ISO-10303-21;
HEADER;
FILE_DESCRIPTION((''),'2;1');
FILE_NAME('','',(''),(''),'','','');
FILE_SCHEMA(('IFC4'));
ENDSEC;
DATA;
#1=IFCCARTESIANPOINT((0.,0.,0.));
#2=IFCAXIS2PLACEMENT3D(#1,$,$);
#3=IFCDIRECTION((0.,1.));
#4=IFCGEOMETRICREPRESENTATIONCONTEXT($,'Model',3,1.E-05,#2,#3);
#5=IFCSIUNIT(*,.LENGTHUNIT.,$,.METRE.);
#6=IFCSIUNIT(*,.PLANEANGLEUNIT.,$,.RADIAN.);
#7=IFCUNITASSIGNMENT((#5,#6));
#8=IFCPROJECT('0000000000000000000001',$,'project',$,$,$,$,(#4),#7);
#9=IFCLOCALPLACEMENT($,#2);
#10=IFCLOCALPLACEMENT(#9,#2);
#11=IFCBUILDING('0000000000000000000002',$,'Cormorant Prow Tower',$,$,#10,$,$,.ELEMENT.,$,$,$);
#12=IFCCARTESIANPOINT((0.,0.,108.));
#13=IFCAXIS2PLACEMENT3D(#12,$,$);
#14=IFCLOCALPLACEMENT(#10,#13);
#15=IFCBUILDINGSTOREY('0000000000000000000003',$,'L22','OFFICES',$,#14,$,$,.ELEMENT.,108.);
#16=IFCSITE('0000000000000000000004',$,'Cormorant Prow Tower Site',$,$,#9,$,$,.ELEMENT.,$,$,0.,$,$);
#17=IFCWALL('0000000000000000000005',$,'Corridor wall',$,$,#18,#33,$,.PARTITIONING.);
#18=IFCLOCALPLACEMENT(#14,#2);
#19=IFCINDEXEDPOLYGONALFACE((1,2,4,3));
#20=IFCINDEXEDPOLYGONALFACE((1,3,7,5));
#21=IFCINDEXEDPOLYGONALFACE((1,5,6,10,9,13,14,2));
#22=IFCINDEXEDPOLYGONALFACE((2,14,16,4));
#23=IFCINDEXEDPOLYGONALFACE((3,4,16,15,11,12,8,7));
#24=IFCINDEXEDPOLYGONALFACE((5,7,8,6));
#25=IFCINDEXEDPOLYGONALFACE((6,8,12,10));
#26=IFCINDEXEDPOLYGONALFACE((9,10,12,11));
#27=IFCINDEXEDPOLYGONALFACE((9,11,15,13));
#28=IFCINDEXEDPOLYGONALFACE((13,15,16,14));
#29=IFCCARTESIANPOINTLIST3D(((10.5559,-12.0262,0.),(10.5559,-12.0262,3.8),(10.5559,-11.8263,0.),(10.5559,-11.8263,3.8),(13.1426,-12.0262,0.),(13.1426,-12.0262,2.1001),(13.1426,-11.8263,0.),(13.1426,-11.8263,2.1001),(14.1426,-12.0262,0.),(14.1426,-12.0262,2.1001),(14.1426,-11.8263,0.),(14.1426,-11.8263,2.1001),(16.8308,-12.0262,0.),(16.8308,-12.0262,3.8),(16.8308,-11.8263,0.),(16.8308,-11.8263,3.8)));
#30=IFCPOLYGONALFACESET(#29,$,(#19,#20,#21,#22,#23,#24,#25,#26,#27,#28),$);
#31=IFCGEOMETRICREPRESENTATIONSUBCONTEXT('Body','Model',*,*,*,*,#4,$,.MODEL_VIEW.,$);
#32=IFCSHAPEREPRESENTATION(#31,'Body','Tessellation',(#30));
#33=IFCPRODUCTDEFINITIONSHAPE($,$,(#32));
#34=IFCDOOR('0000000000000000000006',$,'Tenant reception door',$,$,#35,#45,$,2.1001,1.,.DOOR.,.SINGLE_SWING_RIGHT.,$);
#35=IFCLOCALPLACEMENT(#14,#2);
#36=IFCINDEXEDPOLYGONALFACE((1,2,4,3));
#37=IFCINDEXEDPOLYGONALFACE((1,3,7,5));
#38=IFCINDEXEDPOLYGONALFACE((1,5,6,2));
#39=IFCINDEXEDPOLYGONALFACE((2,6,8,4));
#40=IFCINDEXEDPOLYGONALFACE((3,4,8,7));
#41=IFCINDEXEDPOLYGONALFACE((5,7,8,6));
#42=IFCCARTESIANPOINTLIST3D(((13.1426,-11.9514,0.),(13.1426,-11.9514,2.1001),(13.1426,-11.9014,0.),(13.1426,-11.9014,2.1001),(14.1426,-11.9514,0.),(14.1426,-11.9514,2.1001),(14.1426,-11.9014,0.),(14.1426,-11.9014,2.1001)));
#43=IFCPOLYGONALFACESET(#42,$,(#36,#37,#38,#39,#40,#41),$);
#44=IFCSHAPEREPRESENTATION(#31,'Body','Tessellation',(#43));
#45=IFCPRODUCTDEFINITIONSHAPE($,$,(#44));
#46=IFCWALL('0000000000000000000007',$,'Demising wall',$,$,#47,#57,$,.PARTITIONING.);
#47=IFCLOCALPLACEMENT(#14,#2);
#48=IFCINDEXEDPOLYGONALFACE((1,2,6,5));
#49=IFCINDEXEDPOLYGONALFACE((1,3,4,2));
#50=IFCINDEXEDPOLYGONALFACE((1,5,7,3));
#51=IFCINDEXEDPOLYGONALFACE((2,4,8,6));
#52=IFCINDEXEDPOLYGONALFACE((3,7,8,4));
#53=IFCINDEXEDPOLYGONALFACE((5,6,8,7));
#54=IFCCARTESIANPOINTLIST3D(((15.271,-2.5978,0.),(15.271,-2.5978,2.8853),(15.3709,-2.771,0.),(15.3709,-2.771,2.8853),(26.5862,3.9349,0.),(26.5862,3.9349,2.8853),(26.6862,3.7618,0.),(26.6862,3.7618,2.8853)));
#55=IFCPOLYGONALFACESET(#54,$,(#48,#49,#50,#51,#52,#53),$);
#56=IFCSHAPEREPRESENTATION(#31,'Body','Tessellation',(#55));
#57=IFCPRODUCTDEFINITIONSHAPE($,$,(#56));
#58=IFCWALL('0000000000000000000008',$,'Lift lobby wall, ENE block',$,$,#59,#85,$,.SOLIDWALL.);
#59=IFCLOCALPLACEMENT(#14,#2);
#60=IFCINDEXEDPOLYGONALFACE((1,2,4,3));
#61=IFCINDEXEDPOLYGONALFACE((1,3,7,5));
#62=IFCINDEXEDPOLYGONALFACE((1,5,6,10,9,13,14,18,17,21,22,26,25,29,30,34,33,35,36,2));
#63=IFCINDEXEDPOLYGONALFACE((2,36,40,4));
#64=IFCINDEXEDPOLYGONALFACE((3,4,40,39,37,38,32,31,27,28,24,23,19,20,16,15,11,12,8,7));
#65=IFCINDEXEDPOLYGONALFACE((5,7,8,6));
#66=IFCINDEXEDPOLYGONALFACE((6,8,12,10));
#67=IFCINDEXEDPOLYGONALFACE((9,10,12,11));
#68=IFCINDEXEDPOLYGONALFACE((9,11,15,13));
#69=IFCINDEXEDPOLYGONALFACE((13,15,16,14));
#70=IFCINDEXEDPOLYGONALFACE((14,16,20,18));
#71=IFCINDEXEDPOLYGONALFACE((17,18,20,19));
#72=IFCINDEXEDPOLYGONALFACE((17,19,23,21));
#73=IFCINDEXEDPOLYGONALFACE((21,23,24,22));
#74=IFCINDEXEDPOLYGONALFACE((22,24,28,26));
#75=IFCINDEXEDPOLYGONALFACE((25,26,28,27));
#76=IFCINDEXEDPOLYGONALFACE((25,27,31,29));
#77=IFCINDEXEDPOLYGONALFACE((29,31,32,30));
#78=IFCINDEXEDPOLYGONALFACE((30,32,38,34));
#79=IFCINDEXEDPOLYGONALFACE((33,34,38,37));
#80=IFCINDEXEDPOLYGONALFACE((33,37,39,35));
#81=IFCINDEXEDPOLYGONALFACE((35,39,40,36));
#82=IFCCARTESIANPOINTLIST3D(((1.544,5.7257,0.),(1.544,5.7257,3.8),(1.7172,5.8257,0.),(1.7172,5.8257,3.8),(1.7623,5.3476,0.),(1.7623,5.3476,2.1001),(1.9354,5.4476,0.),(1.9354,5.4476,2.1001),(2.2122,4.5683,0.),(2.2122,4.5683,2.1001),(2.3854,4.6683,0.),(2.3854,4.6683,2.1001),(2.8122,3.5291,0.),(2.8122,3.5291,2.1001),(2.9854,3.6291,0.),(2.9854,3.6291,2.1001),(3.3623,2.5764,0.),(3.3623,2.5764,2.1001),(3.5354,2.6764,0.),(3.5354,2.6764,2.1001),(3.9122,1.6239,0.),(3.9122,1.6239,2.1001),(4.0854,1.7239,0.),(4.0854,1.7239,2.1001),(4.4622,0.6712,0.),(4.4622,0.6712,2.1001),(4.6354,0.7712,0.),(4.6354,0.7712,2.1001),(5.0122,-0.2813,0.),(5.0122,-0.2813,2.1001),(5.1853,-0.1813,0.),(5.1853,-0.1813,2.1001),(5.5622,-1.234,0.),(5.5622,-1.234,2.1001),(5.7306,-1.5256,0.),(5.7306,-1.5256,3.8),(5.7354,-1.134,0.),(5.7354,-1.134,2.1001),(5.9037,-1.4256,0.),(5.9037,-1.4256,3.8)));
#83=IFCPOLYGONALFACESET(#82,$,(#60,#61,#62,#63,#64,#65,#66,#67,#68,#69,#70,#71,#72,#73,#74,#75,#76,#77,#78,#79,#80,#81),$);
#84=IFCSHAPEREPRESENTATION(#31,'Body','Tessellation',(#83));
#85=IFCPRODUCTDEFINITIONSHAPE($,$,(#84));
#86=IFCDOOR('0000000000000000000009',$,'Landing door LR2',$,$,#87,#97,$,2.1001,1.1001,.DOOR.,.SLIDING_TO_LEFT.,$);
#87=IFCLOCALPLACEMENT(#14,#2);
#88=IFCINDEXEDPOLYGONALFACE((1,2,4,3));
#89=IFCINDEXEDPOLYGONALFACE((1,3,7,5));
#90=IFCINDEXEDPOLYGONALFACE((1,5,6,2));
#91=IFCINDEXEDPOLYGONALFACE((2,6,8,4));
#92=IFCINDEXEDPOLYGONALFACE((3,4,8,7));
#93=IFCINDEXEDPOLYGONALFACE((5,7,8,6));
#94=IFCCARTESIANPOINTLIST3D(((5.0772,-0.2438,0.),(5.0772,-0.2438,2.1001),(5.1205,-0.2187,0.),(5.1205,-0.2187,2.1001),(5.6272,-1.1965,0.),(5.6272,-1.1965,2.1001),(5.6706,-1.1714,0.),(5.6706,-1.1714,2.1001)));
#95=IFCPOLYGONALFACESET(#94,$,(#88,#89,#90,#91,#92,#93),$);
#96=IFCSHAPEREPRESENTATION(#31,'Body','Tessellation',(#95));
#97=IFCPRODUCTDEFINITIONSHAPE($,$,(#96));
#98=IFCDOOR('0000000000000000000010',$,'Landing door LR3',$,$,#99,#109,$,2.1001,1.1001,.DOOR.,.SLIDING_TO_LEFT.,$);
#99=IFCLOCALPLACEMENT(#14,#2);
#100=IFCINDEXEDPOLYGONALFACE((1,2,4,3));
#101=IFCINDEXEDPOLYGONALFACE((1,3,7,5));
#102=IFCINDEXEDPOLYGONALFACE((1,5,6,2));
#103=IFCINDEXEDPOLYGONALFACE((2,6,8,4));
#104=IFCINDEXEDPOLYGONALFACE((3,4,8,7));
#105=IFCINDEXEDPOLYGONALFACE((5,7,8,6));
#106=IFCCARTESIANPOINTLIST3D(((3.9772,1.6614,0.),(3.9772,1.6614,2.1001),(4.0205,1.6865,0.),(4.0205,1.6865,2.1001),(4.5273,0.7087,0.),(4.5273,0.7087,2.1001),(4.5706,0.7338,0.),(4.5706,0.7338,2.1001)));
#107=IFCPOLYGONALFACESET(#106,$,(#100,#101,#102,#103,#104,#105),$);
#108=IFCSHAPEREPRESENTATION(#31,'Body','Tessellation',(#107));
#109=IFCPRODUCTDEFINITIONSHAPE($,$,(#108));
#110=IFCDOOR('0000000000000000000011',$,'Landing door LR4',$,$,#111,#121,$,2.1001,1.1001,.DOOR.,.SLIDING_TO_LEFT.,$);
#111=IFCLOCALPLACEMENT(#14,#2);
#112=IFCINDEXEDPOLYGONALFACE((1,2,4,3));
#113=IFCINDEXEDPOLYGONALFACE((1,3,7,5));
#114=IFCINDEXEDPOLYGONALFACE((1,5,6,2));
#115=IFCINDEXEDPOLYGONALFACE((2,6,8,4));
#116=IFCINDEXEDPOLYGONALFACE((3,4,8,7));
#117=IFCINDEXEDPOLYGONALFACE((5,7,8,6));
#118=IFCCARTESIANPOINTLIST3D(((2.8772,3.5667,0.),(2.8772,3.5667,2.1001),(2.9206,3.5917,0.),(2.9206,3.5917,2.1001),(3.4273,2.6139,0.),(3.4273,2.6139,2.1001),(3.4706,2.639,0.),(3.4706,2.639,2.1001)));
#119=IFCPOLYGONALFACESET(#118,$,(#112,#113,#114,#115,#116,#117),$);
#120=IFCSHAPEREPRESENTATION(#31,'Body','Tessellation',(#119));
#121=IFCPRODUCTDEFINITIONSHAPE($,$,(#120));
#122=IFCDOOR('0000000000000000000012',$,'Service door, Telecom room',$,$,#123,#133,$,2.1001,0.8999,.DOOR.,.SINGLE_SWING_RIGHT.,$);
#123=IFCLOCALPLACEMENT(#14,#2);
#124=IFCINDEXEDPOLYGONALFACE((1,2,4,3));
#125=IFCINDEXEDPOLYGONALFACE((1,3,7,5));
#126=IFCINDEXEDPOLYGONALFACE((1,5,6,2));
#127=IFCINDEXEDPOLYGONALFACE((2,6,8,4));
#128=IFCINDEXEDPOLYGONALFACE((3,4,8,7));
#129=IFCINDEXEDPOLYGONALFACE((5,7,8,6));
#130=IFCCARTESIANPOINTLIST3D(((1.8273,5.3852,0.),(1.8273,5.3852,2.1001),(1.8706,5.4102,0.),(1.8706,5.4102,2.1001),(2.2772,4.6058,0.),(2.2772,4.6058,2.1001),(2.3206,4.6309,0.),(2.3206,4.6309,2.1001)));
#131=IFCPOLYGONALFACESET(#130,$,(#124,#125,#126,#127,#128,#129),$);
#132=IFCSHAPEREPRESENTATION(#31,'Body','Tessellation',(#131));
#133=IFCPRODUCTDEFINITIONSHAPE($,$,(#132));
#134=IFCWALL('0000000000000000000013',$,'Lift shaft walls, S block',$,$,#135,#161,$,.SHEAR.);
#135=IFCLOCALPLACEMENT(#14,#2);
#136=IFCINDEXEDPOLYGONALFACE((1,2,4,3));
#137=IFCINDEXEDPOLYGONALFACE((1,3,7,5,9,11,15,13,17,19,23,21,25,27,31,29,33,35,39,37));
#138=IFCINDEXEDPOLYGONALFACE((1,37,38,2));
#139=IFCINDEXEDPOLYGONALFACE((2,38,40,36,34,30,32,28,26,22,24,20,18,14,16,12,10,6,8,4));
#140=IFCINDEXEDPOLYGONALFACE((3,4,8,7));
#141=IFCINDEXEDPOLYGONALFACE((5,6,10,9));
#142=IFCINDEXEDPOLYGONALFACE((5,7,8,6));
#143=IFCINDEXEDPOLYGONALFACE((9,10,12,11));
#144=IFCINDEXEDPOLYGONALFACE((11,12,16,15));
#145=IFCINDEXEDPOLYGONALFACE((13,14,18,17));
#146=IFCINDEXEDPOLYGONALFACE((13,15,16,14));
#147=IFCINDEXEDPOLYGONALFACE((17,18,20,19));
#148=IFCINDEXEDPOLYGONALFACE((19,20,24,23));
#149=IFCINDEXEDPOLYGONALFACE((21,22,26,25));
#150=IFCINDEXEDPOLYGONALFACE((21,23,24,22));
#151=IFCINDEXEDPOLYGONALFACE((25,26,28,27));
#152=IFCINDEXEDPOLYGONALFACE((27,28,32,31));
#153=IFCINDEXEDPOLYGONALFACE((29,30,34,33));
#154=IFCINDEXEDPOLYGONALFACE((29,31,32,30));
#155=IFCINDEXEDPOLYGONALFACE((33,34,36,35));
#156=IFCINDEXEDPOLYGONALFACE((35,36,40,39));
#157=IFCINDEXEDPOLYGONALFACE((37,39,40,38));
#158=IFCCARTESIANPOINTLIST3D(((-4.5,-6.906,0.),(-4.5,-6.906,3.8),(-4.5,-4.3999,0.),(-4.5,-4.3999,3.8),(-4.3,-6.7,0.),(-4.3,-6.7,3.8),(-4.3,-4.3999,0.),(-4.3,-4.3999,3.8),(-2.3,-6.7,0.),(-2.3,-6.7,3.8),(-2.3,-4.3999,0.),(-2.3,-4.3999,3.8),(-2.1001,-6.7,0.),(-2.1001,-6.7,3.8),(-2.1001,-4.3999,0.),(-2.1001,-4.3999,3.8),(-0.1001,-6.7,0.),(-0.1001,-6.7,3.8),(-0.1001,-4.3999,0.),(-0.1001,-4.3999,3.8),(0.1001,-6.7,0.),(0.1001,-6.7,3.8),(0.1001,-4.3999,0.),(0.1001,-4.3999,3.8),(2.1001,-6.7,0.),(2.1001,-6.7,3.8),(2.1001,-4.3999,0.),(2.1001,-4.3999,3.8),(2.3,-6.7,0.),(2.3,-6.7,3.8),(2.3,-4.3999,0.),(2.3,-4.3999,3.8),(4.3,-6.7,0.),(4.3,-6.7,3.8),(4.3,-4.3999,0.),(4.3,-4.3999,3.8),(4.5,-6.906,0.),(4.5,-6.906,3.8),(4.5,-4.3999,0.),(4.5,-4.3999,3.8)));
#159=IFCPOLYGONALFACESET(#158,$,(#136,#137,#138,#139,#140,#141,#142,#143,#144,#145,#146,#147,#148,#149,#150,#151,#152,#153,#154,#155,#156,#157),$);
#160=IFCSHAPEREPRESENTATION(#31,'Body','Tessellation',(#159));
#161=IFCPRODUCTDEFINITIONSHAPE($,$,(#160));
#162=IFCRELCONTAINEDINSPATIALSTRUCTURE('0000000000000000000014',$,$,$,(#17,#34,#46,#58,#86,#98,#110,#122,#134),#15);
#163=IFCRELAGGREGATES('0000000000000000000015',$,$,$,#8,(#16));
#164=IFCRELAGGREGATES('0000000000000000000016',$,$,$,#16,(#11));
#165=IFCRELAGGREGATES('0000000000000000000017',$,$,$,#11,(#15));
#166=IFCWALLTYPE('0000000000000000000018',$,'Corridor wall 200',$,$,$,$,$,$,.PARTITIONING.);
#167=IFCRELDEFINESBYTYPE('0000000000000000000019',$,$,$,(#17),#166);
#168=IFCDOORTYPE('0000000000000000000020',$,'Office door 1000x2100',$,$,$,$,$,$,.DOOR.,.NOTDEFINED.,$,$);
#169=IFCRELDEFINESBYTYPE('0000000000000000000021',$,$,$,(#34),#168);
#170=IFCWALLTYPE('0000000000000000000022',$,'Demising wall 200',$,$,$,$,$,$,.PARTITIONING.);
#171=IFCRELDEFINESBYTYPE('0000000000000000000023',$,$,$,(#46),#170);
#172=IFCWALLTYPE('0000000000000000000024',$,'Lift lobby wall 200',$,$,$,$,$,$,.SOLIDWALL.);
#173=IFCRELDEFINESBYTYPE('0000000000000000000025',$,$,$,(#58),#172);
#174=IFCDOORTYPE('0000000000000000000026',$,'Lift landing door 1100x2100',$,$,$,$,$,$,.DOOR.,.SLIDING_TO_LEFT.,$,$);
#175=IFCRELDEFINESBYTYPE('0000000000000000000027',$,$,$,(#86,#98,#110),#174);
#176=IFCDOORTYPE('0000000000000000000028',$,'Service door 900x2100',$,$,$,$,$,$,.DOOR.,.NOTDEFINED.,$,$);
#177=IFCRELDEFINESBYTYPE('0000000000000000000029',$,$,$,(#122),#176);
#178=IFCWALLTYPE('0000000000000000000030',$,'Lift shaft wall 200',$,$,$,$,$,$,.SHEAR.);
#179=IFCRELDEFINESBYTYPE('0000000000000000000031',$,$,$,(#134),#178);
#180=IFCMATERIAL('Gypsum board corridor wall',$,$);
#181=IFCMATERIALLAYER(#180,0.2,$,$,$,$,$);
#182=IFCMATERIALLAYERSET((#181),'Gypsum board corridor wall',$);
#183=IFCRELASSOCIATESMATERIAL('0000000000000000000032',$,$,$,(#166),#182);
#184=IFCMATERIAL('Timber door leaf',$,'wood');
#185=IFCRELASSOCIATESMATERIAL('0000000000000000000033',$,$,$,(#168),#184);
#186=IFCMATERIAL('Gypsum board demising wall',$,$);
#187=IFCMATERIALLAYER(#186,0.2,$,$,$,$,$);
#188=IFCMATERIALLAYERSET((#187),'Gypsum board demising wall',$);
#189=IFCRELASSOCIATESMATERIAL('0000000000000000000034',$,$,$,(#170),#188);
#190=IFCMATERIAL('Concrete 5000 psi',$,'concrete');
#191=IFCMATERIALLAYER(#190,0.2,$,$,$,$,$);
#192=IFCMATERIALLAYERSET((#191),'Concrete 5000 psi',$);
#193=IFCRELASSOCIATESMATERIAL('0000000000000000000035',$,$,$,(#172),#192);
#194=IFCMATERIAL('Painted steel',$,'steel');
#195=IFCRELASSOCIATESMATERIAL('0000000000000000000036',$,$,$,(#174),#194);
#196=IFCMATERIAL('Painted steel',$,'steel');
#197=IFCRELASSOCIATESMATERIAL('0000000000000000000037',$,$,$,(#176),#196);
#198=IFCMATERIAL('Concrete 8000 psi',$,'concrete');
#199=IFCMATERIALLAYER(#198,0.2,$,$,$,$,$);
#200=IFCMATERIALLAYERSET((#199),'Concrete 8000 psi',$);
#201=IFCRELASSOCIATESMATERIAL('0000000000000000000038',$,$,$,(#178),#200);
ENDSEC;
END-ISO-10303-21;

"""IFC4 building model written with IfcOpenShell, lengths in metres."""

from ifc_helpers import new_model, si_unit, direction, frame, frame_2d, origin, place, context, subcontext, project, spatial, polyline, rectangle, outline, extrude, material, layer, layer_set, type_object, element, fill, save


model = new_model("IFC4")

# Units and contexts
model_context = context("Model", 3, precision=1e-05, world=origin(), true_north=direction((0.0, 1.0)))
body_context = subcontext(model_context, "Body", "Model", "MODEL_VIEW")
ifc_project = project(units=[si_unit("LENGTHUNIT", "METRE"), si_unit("PLANEANGLEUNIT", "RADIAN")], contexts=[model_context])

# Site, building, storey
site_placement = place(None, origin())
site = spatial("IfcSite", under=ifc_project, at=site_placement, Name="Cormorant Prow Tower Site", CompositionType="ELEMENT", RefElevation=0.0)
building_placement = place(site_placement, origin())
building = spatial("IfcBuilding", under=site, at=building_placement, Name="Cormorant Prow Tower", CompositionType="ELEMENT")
storey_placement = place(building_placement, frame((0.0, 0.0, 108.0)))
storey = spatial("IfcBuildingStorey", under=building, at=storey_placement, Name="L22", Description="OFFICES", CompositionType="ELEMENT", Elevation=108.0)

# Wall, opening, door
ifc_material_1 = material(Name="Gypsum board corridor wall")
ifc_layer_1 = layer(ifc_material_1, 0.2)
ifc_layer_set_1 = layer_set([ifc_layer_1], Name="Gypsum board corridor wall")
wall_type_1 = type_object("IfcWallType", Name="Corridor wall 200", PredefinedType="PARTITIONING", material=ifc_layer_set_1)
wall_1_placement = place(storey_placement, frame((10.5559, -11.9263, 0.0), z_axis=(0.0, 0.0, 1.0), x_axis=(1.0, 0.0, 0.0)))
wall_1 = element("IfcWall", 1, at=wall_1_placement, inside=storey, type_object=wall_type_1, Name="Corridor wall", PredefinedType="PARTITIONING", context=body_context, shape_type="SweptSolid", body=[
    extrude(rectangle(XDim=6.2749, YDim=0.2, at=frame_2d((3.1375, 0.0))), origin(), (0.0, 0.0, 1.0), 3.8),
])
opening_1_placement = place(wall_1_placement, frame((2.5867, 0.0, 0.0)))
opening_1 = element("IfcOpeningElement", 2, at=opening_1_placement, cuts=wall_1, PredefinedType="OPENING", context=body_context, shape_type="SweptSolid", body=[
    extrude(rectangle(XDim=1.0, YDim=2.1001, at=frame_2d((0.5, 1.05))), frame((0.0, 0.1099, 0.0), z_axis=(0.0, -1.0, 0.0), x_axis=(1.0, 0.0, 0.0)), (0.0, 0.0, 1.0), 0.22),
])
ifc_material_2 = material(Name="Timber door leaf", Category="wood")
door_type_1 = type_object("IfcDoorType", Name="Office door 1000x2100", OperationType="NOTDEFINED", PredefinedType="DOOR", material=ifc_material_2)
door_1_placement = place(opening_1_placement, origin())
door_1 = element("IfcDoor", 3, at=door_1_placement, inside=storey, type_object=door_type_1, Name="Tenant reception door", OperationType="SINGLE_SWING_RIGHT", OverallHeight=2.1001, OverallWidth=1.0, PredefinedType="DOOR", context=body_context, shape_type="SweptSolid", body=[
    extrude(rectangle(XDim=1.0, YDim=2.1001, at=frame_2d((0.5, 1.05))), frame((0.0, 0.0249, 0.0), z_axis=(0.0, -1.0, 0.0), x_axis=(1.0, 0.0, 0.0)), (0.0, 0.0, 1.0), 0.05),
])
fill(opening_1, door_1)

# Wall
ifc_material_3 = material(Name="Gypsum board demising wall")
ifc_layer_2 = layer(ifc_material_3, 0.2)
ifc_layer_set_2 = layer_set([ifc_layer_2], Name="Gypsum board demising wall")
wall_type_2 = type_object("IfcWallType", Name="Demising wall 200", PredefinedType="PARTITIONING", material=ifc_layer_set_2)
wall_2_placement = place(storey_placement, frame((15.321, -2.6843, 0.0), z_axis=(0.0, 0.0, 1.0), x_axis=(0.866029, 0.499994, 0.0)))
element("IfcWall", 4, at=wall_2_placement, inside=storey, type_object=wall_type_2, Name="Demising wall", PredefinedType="PARTITIONING", context=body_context, shape_type="SweptSolid", body=[
    extrude(rectangle(XDim=13.0657, YDim=0.2, at=frame_2d((6.5327, 0.0))), origin(), (0.0, 0.0, 1.0), 2.8853),
])

# Wall, openings, doors
ifc_material_4 = material(Name="Concrete 5000 psi", Category="concrete")
ifc_layer_3 = layer(ifc_material_4, 0.2)
ifc_layer_set_3 = layer_set([ifc_layer_3], Name="Concrete 5000 psi")
wall_type_3 = type_object("IfcWallType", Name="Lift lobby wall 200", PredefinedType="SOLIDWALL", material=ifc_layer_set_3)
wall_3_placement = place(storey_placement, frame((5.8171, -1.4756, 0.0), z_axis=(0.0, 0.0, 1.0), x_axis=(-0.500003, 0.866024, 0.0)))
wall_3 = element("IfcWall", 5, at=wall_3_placement, inside=storey, type_object=wall_type_3, Name="Lift lobby wall, ENE block", PredefinedType="SOLIDWALL", context=body_context, shape_type="SweptSolid", body=[
    extrude(rectangle(XDim=8.373, YDim=0.2, at=frame_2d((4.1865, 0.0))), origin(), (0.0, 0.0, 1.0), 3.8),
])
opening_2_placement = place(wall_3_placement, frame((0.3367, 0.0, 0.0)))
opening_2 = element("IfcOpeningElement", 6, at=opening_2_placement, cuts=wall_3, PredefinedType="OPENING", context=body_context, shape_type="SweptSolid", body=[
    extrude(rectangle(XDim=1.1001, YDim=2.1001, at=frame_2d((0.55, 1.05))), frame((0.0, 0.1099, 0.0), z_axis=(0.0, -1.0, 0.0), x_axis=(1.0, 0.0, 0.0)), (0.0, 0.0, 1.0), 0.22),
])
opening_3_placement = place(wall_3_placement, frame((2.5366, 0.0, 0.0)))
opening_3 = element("IfcOpeningElement", 7, at=opening_3_placement, cuts=wall_3, PredefinedType="OPENING", context=body_context, shape_type="SweptSolid", body=[
    extrude(rectangle(XDim=1.1001, YDim=2.1001, at=frame_2d((0.55, 1.05))), frame((0.0, 0.1099, 0.0), z_axis=(0.0, -1.0, 0.0), x_axis=(1.0, 0.0, 0.0)), (0.0, 0.0, 1.0), 0.22),
])
opening_4_placement = place(wall_3_placement, frame((4.7366, 0.0, 0.0)))
opening_4 = element("IfcOpeningElement", 8, at=opening_4_placement, cuts=wall_3, PredefinedType="OPENING", context=body_context, shape_type="SweptSolid", body=[
    extrude(rectangle(XDim=1.1001, YDim=2.1001, at=frame_2d((0.55, 1.05))), frame((0.0, 0.1099, 0.0), z_axis=(0.0, -1.0, 0.0), x_axis=(1.0, 0.0, 0.0)), (0.0, 0.0, 1.0), 0.22),
])
opening_5_placement = place(wall_3_placement, frame((7.0366, 0.0, 0.0)))
opening_5 = element("IfcOpeningElement", 9, at=opening_5_placement, cuts=wall_3, PredefinedType="OPENING", context=body_context, shape_type="SweptSolid", body=[
    extrude(rectangle(XDim=0.8999, YDim=2.1001, at=frame_2d((0.45, 1.05))), frame((0.0, 0.1099, 0.0), z_axis=(0.0, -1.0, 0.0), x_axis=(1.0, 0.0, 0.0)), (0.0, 0.0, 1.0), 0.22),
])
ifc_material_5 = material(Name="Painted steel", Category="steel")
door_type_2 = type_object("IfcDoorType", Name="Lift landing door 1100x2100", OperationType="SLIDING_TO_LEFT", PredefinedType="DOOR", material=ifc_material_5)
door_2_placement = place(opening_2_placement, origin())
door_2 = element("IfcDoor", 10, at=door_2_placement, inside=storey, type_object=door_type_2, Name="Landing door LR2", OperationType="SLIDING_TO_LEFT", OverallHeight=2.1001, OverallWidth=1.1001, PredefinedType="DOOR", context=body_context, shape_type="SweptSolid", body=[
    extrude(rectangle(XDim=1.1001, YDim=2.1001, at=frame_2d((0.55, 1.05))), frame((0.0, 0.0249, 0.0), z_axis=(0.0, -1.0, 0.0), x_axis=(1.0, 0.0, 0.0)), (0.0, 0.0, 1.0), 0.05),
])
fill(opening_2, door_2)
door_3_placement = place(opening_3_placement, origin())
door_3 = element("IfcDoor", 11, at=door_3_placement, inside=storey, type_object=door_type_2, Name="Landing door LR3", OperationType="SLIDING_TO_LEFT", OverallHeight=2.1001, OverallWidth=1.1001, PredefinedType="DOOR", context=body_context, shape_type="SweptSolid", body=[
    extrude(rectangle(XDim=1.1001, YDim=2.1001, at=frame_2d((0.55, 1.05))), frame((0.0, 0.0249, 0.0), z_axis=(0.0, -1.0, 0.0), x_axis=(1.0, 0.0, 0.0)), (0.0, 0.0, 1.0), 0.05),
])
fill(opening_3, door_3)
door_4_placement = place(opening_4_placement, origin())
door_4 = element("IfcDoor", 12, at=door_4_placement, inside=storey, type_object=door_type_2, Name="Landing door LR4", OperationType="SLIDING_TO_LEFT", OverallHeight=2.1001, OverallWidth=1.1001, PredefinedType="DOOR", context=body_context, shape_type="SweptSolid", body=[
    extrude(rectangle(XDim=1.1001, YDim=2.1001, at=frame_2d((0.55, 1.05))), frame((0.0, 0.0249, 0.0), z_axis=(0.0, -1.0, 0.0), x_axis=(1.0, 0.0, 0.0)), (0.0, 0.0, 1.0), 0.05),
])
fill(opening_4, door_4)
ifc_material_6 = material(Name="Painted steel", Category="steel")
door_type_3 = type_object("IfcDoorType", Name="Service door 900x2100", OperationType="NOTDEFINED", PredefinedType="DOOR", material=ifc_material_6)
door_5_placement = place(opening_5_placement, origin())
door_5 = element("IfcDoor", 13, at=door_5_placement, inside=storey, type_object=door_type_3, Name="Service door, Telecom room", OperationType="SINGLE_SWING_RIGHT", OverallHeight=2.1001, OverallWidth=0.8999, PredefinedType="DOOR", context=body_context, shape_type="SweptSolid", body=[
    extrude(rectangle(XDim=0.8999, YDim=2.1001, at=frame_2d((0.45, 1.05))), frame((0.0, 0.0249, 0.0), z_axis=(0.0, -1.0, 0.0), x_axis=(1.0, 0.0, 0.0)), (0.0, 0.0, 1.0), 0.05),
])
fill(opening_5, door_5)

# Wall
ifc_material_7 = material(Name="Concrete 8000 psi", Category="concrete")
ifc_layer_4 = layer(ifc_material_7, 0.2)
ifc_layer_set_4 = layer_set([ifc_layer_4], Name="Concrete 8000 psi")
wall_type_4 = type_object("IfcWallType", Name="Lift shaft wall 200", PredefinedType="SHEAR", material=ifc_layer_set_4)
wall_4_placement = place(storey_placement, origin())
element("IfcWall", 14, at=wall_4_placement, inside=storey, type_object=wall_type_4, Name="Lift shaft walls, S block", PredefinedType="SHEAR", context=body_context, shape_type="SweptSolid", body=[
    extrude(outline(polyline([(4.5, -4.3999), (4.5, -6.906), (-4.5, -6.906), (-4.5, -4.3999), (-4.3, -4.3999), (-4.3, -6.7), (-2.3, -6.7), (-2.3, -4.3999), (-2.1001, -4.3999), (-2.1001, -6.7), (-0.1001, -6.7), (-0.1001, -4.3999), (0.1001, -4.3999), (0.1001, -6.7), (2.1001, -6.7), (2.1001, -4.3999), (2.3, -4.3999), (2.3, -6.7), (4.3, -6.7), (4.3, -4.3999), (4.5, -4.3999)])), origin(), (0.0, 0.0, 1.0), 3.8),
])

save(model, "model.ifc")
